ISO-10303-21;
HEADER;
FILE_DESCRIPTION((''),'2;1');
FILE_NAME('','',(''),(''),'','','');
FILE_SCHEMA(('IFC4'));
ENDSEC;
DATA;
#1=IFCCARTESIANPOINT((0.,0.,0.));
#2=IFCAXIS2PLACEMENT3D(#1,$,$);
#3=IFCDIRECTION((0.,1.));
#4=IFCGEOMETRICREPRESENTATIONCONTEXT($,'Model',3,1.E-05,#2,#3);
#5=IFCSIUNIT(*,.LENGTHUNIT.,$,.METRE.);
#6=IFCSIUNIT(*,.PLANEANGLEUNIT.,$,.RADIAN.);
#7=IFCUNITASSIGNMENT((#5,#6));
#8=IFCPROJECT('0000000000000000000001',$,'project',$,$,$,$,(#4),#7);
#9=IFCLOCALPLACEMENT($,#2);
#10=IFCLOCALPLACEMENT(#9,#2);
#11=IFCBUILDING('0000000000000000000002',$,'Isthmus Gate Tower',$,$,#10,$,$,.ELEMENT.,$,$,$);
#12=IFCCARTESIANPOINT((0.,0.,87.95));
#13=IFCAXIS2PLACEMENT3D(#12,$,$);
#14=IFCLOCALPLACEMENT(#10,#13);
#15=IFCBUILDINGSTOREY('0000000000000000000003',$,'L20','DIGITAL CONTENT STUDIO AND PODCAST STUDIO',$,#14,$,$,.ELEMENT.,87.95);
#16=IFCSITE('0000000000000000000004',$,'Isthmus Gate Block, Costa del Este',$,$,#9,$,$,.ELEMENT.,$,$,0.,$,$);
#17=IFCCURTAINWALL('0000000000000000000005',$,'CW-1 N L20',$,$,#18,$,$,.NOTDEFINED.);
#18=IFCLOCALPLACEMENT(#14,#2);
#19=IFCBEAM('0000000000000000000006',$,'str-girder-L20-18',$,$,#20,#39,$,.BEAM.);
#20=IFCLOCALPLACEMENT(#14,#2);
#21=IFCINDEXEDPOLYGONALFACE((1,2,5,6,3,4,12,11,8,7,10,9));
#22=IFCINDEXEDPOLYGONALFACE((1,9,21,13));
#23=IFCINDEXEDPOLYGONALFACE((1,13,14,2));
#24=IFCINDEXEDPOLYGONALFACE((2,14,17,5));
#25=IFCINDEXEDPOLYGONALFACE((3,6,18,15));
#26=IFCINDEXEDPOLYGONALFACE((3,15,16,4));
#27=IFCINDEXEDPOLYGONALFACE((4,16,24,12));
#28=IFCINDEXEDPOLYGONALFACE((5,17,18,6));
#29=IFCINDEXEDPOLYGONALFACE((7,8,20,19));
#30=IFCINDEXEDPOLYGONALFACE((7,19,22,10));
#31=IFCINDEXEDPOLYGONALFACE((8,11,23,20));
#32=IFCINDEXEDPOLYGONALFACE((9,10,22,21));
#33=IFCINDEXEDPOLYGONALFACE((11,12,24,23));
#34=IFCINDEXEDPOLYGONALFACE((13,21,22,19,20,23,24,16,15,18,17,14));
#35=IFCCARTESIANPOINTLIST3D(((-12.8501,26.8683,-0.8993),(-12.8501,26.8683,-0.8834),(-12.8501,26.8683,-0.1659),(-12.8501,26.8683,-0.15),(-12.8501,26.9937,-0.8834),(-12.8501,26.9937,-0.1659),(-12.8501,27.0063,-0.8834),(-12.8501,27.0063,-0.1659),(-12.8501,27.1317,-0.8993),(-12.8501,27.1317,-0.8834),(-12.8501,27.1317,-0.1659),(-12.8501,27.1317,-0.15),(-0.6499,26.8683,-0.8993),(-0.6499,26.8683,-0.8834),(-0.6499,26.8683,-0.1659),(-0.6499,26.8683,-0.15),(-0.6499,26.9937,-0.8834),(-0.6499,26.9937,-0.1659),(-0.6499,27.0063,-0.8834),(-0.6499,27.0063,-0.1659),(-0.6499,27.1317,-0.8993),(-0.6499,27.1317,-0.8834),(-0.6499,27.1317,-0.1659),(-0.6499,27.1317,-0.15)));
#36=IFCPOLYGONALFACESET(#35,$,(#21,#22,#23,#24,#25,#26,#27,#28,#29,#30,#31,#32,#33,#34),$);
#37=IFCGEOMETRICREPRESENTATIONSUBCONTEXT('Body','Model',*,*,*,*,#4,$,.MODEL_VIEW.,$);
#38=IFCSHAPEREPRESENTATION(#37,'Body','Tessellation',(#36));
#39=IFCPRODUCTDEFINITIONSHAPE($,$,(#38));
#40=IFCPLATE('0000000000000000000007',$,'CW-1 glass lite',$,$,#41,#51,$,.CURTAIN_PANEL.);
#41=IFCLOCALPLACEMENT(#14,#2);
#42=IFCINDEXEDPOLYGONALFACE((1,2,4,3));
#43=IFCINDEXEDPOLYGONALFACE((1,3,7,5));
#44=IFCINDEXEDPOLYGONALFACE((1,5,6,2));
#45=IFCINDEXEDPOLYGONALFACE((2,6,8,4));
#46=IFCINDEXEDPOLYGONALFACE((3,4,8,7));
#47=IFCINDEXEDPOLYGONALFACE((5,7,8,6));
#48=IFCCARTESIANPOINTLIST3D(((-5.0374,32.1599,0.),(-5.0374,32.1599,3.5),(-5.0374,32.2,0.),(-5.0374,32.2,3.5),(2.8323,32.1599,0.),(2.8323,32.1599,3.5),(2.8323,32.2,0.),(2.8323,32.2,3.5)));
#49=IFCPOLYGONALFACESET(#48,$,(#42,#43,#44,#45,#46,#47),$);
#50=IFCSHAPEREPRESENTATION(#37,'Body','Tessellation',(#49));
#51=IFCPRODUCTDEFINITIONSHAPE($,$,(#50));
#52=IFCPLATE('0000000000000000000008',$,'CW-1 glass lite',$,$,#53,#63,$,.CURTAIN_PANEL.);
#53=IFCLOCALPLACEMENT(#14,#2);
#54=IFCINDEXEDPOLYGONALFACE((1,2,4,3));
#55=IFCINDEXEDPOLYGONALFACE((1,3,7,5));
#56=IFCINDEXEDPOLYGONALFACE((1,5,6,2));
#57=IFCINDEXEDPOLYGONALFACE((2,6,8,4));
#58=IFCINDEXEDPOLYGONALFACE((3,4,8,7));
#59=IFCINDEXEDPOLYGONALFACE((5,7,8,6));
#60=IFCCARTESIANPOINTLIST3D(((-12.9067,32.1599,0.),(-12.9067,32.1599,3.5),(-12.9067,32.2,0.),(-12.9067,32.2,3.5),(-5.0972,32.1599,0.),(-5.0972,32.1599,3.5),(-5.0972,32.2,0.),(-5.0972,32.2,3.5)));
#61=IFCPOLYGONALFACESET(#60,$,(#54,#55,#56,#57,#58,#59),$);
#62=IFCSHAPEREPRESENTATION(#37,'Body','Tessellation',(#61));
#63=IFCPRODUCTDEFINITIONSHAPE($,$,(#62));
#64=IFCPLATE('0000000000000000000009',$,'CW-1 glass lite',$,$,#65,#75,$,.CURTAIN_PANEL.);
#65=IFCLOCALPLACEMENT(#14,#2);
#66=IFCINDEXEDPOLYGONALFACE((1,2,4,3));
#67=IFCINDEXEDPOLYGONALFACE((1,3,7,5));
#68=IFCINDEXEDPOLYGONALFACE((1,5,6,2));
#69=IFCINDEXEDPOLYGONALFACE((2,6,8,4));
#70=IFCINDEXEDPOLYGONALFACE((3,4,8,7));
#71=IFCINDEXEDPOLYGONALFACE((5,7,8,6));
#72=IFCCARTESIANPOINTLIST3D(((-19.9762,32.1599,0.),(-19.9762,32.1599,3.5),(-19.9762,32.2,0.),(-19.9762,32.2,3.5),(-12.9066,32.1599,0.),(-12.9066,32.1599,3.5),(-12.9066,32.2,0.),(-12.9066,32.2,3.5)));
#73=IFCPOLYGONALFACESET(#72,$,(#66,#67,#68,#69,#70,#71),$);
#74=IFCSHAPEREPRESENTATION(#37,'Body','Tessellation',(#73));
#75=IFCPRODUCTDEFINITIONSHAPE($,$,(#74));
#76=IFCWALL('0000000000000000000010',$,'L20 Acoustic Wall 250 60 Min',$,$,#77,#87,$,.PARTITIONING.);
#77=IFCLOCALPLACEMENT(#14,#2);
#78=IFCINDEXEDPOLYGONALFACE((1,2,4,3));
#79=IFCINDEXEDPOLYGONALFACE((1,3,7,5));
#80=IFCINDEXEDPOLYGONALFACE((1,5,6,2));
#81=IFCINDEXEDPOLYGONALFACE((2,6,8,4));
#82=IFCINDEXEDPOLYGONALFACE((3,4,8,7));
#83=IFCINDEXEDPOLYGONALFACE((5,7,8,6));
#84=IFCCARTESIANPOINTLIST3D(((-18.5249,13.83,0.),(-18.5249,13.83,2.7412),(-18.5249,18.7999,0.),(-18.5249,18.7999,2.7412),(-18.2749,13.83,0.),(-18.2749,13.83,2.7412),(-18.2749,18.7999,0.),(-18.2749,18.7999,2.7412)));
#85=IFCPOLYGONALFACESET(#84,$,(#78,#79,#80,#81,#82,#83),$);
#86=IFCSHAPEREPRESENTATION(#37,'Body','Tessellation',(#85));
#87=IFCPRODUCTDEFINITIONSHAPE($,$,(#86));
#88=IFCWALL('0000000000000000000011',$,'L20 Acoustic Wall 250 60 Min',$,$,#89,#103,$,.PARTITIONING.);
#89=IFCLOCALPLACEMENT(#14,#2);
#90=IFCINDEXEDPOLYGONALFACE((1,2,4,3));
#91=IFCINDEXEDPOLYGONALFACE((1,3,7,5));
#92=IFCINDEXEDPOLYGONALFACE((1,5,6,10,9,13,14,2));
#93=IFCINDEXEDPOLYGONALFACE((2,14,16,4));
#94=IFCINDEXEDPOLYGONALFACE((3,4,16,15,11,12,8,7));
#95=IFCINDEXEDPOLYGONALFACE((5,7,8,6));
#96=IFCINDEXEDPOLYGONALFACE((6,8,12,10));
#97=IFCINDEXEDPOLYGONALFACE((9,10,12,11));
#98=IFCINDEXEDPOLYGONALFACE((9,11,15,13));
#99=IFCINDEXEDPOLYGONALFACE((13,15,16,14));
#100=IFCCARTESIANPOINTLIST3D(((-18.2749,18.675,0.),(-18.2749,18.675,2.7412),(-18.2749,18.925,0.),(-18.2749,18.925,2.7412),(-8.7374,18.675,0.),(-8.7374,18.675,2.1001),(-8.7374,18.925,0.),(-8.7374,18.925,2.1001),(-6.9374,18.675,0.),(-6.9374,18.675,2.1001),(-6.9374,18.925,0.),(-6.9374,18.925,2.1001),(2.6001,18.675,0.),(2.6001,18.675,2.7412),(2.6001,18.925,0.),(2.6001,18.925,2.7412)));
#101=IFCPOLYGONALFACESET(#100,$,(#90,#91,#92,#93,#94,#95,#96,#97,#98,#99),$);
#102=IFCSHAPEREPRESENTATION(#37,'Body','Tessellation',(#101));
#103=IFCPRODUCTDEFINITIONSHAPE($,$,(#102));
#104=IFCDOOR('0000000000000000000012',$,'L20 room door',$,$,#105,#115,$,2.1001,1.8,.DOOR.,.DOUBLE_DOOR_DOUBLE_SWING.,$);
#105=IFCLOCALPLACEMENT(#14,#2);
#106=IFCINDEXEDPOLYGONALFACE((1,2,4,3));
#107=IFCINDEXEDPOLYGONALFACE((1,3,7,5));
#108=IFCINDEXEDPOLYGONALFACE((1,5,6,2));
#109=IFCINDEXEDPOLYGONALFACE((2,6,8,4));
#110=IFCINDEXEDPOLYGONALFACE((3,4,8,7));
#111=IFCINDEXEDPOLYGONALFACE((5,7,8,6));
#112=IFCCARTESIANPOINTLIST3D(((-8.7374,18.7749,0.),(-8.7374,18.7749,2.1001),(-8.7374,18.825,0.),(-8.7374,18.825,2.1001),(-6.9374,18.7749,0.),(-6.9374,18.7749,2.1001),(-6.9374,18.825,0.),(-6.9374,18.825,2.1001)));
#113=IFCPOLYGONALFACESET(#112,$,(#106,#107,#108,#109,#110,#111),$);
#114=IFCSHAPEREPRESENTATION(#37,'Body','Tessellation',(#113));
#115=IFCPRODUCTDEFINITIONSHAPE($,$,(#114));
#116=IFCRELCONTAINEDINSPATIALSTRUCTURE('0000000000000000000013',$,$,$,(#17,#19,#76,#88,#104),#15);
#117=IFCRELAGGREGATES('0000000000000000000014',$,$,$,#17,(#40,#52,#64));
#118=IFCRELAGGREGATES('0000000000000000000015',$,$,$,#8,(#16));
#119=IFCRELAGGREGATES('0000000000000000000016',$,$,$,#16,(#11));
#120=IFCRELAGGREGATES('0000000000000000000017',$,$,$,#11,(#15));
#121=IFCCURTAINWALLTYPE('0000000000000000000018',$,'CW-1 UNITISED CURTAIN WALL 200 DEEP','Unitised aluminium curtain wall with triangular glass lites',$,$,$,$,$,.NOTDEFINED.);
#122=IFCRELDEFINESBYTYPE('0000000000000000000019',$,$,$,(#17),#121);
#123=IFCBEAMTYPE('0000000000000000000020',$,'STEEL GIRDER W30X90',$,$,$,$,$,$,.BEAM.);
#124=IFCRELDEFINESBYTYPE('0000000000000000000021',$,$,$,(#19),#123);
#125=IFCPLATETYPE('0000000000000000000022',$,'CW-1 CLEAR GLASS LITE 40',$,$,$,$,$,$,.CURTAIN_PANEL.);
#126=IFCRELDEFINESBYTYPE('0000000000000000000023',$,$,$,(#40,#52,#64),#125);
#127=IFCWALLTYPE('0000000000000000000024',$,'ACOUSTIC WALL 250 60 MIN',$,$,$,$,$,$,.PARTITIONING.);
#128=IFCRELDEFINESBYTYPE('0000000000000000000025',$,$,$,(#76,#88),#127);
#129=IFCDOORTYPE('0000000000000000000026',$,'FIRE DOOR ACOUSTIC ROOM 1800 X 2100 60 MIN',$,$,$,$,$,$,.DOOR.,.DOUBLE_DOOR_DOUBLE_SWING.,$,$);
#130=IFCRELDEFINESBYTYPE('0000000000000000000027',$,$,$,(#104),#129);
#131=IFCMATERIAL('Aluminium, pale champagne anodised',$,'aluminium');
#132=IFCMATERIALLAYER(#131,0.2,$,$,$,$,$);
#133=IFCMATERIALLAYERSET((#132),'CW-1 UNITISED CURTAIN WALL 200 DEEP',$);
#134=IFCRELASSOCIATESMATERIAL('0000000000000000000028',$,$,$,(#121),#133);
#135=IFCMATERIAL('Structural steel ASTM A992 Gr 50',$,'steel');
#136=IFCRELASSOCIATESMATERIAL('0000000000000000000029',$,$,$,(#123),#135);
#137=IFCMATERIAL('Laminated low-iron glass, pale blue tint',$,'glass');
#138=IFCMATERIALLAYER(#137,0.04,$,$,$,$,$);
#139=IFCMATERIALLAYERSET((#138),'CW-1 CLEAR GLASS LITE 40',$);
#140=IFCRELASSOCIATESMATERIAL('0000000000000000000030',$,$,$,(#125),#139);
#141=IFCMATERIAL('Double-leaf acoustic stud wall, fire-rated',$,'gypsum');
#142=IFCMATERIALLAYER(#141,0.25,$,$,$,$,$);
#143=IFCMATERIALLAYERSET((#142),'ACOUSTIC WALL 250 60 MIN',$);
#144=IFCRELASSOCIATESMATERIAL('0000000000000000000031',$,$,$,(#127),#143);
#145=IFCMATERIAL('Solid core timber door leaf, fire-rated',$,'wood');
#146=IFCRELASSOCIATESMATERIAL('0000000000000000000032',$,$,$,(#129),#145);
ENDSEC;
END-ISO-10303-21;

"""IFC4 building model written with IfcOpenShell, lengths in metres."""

from ifc_helpers import new_model, si_unit, direction, frame, frame_2d, origin, origin_2d, place, context, subcontext, project, spatial, rectangle, i_section, extrude, material, layer, layer_set, material_profile, profile_set, type_object, element, fill, aggregate, save


model = new_model("IFC4")

# Units and contexts
model_context = context("Model", 3, precision=1e-05, world=origin(), true_north=direction((0.0, 1.0)))
body_context = subcontext(model_context, "Body", "Model", "MODEL_VIEW")
ifc_project = project(units=[si_unit("LENGTHUNIT", "METRE"), si_unit("PLANEANGLEUNIT", "RADIAN")], contexts=[model_context])

# Site, building, storey
site_placement = place(None, origin())
site = spatial("IfcSite", under=ifc_project, at=site_placement, Name="Isthmus Gate Block, Costa del Este", CompositionType="ELEMENT", RefElevation=0.0)
building_placement = place(site_placement, origin())
building = spatial("IfcBuilding", under=site, at=building_placement, Name="Isthmus Gate Tower", CompositionType="ELEMENT")
storey_placement = place(building_placement, frame((0.0, 0.0, 87.95)))
storey = spatial("IfcBuildingStorey", under=building, at=storey_placement, Name="L20", Description="DIGITAL CONTENT STUDIO AND PODCAST STUDIO", CompositionType="ELEMENT", Elevation=87.95)

# Curtain wall
ifc_material_1 = material(Name="Aluminium, pale champagne anodised", Category="aluminium")
ifc_layer_1 = layer(ifc_material_1, 0.2)
ifc_layer_set_1 = layer_set([ifc_layer_1], Name="CW-1 UNITISED CURTAIN WALL 200 DEEP")
curtain_wall_type = type_object("IfcCurtainWallType", Name="CW-1 UNITISED CURTAIN WALL 200 DEEP", Description="Unitised aluminium curtain wall with triangular glass lites", PredefinedType="NOTDEFINED", material=ifc_layer_set_1)
curtain_wall_placement = place(storey_placement, origin())
curtain_wall = element("IfcCurtainWall", 1, at=curtain_wall_placement, inside=storey, type_object=curtain_wall_type, Name="CW-1 N L20", PredefinedType="NOTDEFINED")

# Beam
ifc_material_2 = material(Name="Structural steel ASTM A992 Gr 50", Category="steel")
ifc_material_profile_1 = material_profile(ifc_material_2, i_section(OverallWidth=0.2634, OverallDepth=0.7493, WebThickness=0.0127, FlangeThickness=0.0159, at=origin_2d()), Name="W30X90")
ifc_profile_set_1 = profile_set([ifc_material_profile_1], Name="Structural steel ASTM A992 Gr 50")
beam_type_1 = type_object("IfcBeamType", Name="STEEL GIRDER W30X90", PredefinedType="BEAM", material=ifc_profile_set_1)
beam_1_placement = place(storey_placement, frame((-12.8501, 27.0, -0.5247), z_axis=(1.0, 0.0, 0.0), x_axis=(0.0, 1.0, 0.0)))
element("IfcBeam", 2, at=beam_1_placement, inside=storey, type_object=beam_type_1, Name="str-girder-L20-18", PredefinedType="BEAM", context=body_context, shape_type="SweptSolid", body=[
    extrude(i_section(OverallWidth=0.2634, OverallDepth=0.7493, WebThickness=0.0127, FlangeThickness=0.0159, at=origin_2d()), origin(), (0.0, 0.0, 1.0), 12.2002),
])

# Plates
ifc_material_3 = material(Name="Laminated low-iron glass, pale blue tint", Category="glass")
ifc_layer_2 = layer(ifc_material_3, 0.04)
ifc_layer_set_2 = layer_set([ifc_layer_2], Name="CW-1 CLEAR GLASS LITE 40")
plate_type = type_object("IfcPlateType", Name="CW-1 CLEAR GLASS LITE 40", PredefinedType="CURTAIN_PANEL", material=ifc_layer_set_2)
plate_1_placement = place(storey_placement, frame((-1.1025, 32.1799, 0.0), z_axis=(0.0, 0.0, 1.0), x_axis=(-1.0, 0.0, 0.0)))
plate_1 = element("IfcPlate", 3, at=plate_1_placement, type_object=plate_type, Name="CW-1 glass lite", PredefinedType="CURTAIN_PANEL", context=body_context, shape_type="SweptSolid", body=[
    extrude(rectangle(XDim=7.8696, YDim=0.04, at=origin_2d()), origin(), (0.0, 0.0, 1.0), 3.5),
])
plate_2_placement = place(storey_placement, frame((-9.002, 32.1799, 0.0), z_axis=(0.0, 0.0, 1.0), x_axis=(-1.0, 0.0, 0.0)))
plate_2 = element("IfcPlate", 4, at=plate_2_placement, type_object=plate_type, Name="CW-1 glass lite", PredefinedType="CURTAIN_PANEL", context=body_context, shape_type="SweptSolid", body=[
    extrude(rectangle(XDim=7.8096, YDim=0.04, at=origin_2d()), origin(), (0.0, 0.0, 1.0), 3.5),
])
plate_3_placement = place(storey_placement, frame((-16.4414, 32.1799, 0.0), z_axis=(0.0, 0.0, 1.0), x_axis=(-1.0, 0.0, 0.0)))
plate_3 = element("IfcPlate", 5, at=plate_3_placement, type_object=plate_type, Name="CW-1 glass lite", PredefinedType="CURTAIN_PANEL", context=body_context, shape_type="SweptSolid", body=[
    extrude(rectangle(XDim=7.0696, YDim=0.04, at=origin_2d()), origin(), (0.0, 0.0, 1.0), 3.5),
])
aggregate(curtain_wall, [plate_1, plate_2, plate_3])

# Wall
ifc_material_4 = material(Name="Double-leaf acoustic stud wall, fire-rated", Category="gypsum")
ifc_layer_3 = layer(ifc_material_4, 0.25)
ifc_layer_set_3 = layer_set([ifc_layer_3], Name="ACOUSTIC WALL 250 60 MIN")
wall_type_1 = type_object("IfcWallType", Name="ACOUSTIC WALL 250 60 MIN", PredefinedType="PARTITIONING", material=ifc_layer_set_3)
wall_1_placement = place(storey_placement, frame((-18.3999, 13.8301, 0.0), z_axis=(0.0, 0.0, 1.0), x_axis=(0.0, 1.0, 0.0)))
element("IfcWall", 6, at=wall_1_placement, inside=storey, type_object=wall_type_1, Name="L20 Acoustic Wall 250 60 Min", PredefinedType="PARTITIONING", context=body_context, shape_type="SweptSolid", body=[
    extrude(rectangle(XDim=4.97, YDim=0.25, at=frame_2d((2.4849, 0.0))), origin(), (0.0, 0.0, 1.0), 2.7412),
])

# Wall, opening, door
wall_2_placement = place(storey_placement, frame((-18.2749, 18.8, 0.0), z_axis=(0.0, 0.0, 1.0), x_axis=(1.0, 0.0, 0.0)))
wall_2 = element("IfcWall", 7, at=wall_2_placement, inside=storey, type_object=wall_type_1, Name="L20 Acoustic Wall 250 60 Min", PredefinedType="PARTITIONING", context=body_context, shape_type="SweptSolid", body=[
    extrude(rectangle(XDim=20.875, YDim=0.25, at=frame_2d((10.4375, 0.0))), origin(), (0.0, 0.0, 1.0), 2.7412),
])
opening_1_placement = place(wall_2_placement, frame((9.5376, 0.0, 0.0)))
opening_1 = element("IfcOpeningElement", 8, at=opening_1_placement, cuts=wall_2, PredefinedType="OPENING", context=body_context, shape_type="SweptSolid", body=[
    extrude(rectangle(XDim=1.8, YDim=2.1001, at=frame_2d((0.8999, 1.05))), frame((0.0, 0.135, 0.0), z_axis=(0.0, -1.0, 0.0), x_axis=(1.0, 0.0, 0.0)), (0.0, 0.0, 1.0), 0.27),
])
ifc_material_5 = material(Name="Solid core timber door leaf, fire-rated", Category="wood")
door_type_1 = type_object("IfcDoorType", Name="FIRE DOOR ACOUSTIC ROOM 1800 X 2100 60 MIN", OperationType="DOUBLE_DOOR_DOUBLE_SWING", PredefinedType="DOOR", material=ifc_material_5)
door_1_placement = place(opening_1_placement, origin())
door_1 = element("IfcDoor", 9, at=door_1_placement, inside=storey, type_object=door_type_1, Name="L20 room door", OperationType="DOUBLE_DOOR_DOUBLE_SWING", OverallHeight=2.1001, OverallWidth=1.8, PredefinedType="DOOR", context=body_context, shape_type="SweptSolid", body=[
    extrude(rectangle(XDim=1.8, YDim=2.1001, at=frame_2d((0.8999, 1.05))), frame((0.0, 0.0249, 0.0), z_axis=(0.0, -1.0, 0.0), x_axis=(1.0, 0.0, 0.0)), (0.0, 0.0, 1.0), 0.05),
])
fill(opening_1, door_1)

save(model, "model.ifc")
